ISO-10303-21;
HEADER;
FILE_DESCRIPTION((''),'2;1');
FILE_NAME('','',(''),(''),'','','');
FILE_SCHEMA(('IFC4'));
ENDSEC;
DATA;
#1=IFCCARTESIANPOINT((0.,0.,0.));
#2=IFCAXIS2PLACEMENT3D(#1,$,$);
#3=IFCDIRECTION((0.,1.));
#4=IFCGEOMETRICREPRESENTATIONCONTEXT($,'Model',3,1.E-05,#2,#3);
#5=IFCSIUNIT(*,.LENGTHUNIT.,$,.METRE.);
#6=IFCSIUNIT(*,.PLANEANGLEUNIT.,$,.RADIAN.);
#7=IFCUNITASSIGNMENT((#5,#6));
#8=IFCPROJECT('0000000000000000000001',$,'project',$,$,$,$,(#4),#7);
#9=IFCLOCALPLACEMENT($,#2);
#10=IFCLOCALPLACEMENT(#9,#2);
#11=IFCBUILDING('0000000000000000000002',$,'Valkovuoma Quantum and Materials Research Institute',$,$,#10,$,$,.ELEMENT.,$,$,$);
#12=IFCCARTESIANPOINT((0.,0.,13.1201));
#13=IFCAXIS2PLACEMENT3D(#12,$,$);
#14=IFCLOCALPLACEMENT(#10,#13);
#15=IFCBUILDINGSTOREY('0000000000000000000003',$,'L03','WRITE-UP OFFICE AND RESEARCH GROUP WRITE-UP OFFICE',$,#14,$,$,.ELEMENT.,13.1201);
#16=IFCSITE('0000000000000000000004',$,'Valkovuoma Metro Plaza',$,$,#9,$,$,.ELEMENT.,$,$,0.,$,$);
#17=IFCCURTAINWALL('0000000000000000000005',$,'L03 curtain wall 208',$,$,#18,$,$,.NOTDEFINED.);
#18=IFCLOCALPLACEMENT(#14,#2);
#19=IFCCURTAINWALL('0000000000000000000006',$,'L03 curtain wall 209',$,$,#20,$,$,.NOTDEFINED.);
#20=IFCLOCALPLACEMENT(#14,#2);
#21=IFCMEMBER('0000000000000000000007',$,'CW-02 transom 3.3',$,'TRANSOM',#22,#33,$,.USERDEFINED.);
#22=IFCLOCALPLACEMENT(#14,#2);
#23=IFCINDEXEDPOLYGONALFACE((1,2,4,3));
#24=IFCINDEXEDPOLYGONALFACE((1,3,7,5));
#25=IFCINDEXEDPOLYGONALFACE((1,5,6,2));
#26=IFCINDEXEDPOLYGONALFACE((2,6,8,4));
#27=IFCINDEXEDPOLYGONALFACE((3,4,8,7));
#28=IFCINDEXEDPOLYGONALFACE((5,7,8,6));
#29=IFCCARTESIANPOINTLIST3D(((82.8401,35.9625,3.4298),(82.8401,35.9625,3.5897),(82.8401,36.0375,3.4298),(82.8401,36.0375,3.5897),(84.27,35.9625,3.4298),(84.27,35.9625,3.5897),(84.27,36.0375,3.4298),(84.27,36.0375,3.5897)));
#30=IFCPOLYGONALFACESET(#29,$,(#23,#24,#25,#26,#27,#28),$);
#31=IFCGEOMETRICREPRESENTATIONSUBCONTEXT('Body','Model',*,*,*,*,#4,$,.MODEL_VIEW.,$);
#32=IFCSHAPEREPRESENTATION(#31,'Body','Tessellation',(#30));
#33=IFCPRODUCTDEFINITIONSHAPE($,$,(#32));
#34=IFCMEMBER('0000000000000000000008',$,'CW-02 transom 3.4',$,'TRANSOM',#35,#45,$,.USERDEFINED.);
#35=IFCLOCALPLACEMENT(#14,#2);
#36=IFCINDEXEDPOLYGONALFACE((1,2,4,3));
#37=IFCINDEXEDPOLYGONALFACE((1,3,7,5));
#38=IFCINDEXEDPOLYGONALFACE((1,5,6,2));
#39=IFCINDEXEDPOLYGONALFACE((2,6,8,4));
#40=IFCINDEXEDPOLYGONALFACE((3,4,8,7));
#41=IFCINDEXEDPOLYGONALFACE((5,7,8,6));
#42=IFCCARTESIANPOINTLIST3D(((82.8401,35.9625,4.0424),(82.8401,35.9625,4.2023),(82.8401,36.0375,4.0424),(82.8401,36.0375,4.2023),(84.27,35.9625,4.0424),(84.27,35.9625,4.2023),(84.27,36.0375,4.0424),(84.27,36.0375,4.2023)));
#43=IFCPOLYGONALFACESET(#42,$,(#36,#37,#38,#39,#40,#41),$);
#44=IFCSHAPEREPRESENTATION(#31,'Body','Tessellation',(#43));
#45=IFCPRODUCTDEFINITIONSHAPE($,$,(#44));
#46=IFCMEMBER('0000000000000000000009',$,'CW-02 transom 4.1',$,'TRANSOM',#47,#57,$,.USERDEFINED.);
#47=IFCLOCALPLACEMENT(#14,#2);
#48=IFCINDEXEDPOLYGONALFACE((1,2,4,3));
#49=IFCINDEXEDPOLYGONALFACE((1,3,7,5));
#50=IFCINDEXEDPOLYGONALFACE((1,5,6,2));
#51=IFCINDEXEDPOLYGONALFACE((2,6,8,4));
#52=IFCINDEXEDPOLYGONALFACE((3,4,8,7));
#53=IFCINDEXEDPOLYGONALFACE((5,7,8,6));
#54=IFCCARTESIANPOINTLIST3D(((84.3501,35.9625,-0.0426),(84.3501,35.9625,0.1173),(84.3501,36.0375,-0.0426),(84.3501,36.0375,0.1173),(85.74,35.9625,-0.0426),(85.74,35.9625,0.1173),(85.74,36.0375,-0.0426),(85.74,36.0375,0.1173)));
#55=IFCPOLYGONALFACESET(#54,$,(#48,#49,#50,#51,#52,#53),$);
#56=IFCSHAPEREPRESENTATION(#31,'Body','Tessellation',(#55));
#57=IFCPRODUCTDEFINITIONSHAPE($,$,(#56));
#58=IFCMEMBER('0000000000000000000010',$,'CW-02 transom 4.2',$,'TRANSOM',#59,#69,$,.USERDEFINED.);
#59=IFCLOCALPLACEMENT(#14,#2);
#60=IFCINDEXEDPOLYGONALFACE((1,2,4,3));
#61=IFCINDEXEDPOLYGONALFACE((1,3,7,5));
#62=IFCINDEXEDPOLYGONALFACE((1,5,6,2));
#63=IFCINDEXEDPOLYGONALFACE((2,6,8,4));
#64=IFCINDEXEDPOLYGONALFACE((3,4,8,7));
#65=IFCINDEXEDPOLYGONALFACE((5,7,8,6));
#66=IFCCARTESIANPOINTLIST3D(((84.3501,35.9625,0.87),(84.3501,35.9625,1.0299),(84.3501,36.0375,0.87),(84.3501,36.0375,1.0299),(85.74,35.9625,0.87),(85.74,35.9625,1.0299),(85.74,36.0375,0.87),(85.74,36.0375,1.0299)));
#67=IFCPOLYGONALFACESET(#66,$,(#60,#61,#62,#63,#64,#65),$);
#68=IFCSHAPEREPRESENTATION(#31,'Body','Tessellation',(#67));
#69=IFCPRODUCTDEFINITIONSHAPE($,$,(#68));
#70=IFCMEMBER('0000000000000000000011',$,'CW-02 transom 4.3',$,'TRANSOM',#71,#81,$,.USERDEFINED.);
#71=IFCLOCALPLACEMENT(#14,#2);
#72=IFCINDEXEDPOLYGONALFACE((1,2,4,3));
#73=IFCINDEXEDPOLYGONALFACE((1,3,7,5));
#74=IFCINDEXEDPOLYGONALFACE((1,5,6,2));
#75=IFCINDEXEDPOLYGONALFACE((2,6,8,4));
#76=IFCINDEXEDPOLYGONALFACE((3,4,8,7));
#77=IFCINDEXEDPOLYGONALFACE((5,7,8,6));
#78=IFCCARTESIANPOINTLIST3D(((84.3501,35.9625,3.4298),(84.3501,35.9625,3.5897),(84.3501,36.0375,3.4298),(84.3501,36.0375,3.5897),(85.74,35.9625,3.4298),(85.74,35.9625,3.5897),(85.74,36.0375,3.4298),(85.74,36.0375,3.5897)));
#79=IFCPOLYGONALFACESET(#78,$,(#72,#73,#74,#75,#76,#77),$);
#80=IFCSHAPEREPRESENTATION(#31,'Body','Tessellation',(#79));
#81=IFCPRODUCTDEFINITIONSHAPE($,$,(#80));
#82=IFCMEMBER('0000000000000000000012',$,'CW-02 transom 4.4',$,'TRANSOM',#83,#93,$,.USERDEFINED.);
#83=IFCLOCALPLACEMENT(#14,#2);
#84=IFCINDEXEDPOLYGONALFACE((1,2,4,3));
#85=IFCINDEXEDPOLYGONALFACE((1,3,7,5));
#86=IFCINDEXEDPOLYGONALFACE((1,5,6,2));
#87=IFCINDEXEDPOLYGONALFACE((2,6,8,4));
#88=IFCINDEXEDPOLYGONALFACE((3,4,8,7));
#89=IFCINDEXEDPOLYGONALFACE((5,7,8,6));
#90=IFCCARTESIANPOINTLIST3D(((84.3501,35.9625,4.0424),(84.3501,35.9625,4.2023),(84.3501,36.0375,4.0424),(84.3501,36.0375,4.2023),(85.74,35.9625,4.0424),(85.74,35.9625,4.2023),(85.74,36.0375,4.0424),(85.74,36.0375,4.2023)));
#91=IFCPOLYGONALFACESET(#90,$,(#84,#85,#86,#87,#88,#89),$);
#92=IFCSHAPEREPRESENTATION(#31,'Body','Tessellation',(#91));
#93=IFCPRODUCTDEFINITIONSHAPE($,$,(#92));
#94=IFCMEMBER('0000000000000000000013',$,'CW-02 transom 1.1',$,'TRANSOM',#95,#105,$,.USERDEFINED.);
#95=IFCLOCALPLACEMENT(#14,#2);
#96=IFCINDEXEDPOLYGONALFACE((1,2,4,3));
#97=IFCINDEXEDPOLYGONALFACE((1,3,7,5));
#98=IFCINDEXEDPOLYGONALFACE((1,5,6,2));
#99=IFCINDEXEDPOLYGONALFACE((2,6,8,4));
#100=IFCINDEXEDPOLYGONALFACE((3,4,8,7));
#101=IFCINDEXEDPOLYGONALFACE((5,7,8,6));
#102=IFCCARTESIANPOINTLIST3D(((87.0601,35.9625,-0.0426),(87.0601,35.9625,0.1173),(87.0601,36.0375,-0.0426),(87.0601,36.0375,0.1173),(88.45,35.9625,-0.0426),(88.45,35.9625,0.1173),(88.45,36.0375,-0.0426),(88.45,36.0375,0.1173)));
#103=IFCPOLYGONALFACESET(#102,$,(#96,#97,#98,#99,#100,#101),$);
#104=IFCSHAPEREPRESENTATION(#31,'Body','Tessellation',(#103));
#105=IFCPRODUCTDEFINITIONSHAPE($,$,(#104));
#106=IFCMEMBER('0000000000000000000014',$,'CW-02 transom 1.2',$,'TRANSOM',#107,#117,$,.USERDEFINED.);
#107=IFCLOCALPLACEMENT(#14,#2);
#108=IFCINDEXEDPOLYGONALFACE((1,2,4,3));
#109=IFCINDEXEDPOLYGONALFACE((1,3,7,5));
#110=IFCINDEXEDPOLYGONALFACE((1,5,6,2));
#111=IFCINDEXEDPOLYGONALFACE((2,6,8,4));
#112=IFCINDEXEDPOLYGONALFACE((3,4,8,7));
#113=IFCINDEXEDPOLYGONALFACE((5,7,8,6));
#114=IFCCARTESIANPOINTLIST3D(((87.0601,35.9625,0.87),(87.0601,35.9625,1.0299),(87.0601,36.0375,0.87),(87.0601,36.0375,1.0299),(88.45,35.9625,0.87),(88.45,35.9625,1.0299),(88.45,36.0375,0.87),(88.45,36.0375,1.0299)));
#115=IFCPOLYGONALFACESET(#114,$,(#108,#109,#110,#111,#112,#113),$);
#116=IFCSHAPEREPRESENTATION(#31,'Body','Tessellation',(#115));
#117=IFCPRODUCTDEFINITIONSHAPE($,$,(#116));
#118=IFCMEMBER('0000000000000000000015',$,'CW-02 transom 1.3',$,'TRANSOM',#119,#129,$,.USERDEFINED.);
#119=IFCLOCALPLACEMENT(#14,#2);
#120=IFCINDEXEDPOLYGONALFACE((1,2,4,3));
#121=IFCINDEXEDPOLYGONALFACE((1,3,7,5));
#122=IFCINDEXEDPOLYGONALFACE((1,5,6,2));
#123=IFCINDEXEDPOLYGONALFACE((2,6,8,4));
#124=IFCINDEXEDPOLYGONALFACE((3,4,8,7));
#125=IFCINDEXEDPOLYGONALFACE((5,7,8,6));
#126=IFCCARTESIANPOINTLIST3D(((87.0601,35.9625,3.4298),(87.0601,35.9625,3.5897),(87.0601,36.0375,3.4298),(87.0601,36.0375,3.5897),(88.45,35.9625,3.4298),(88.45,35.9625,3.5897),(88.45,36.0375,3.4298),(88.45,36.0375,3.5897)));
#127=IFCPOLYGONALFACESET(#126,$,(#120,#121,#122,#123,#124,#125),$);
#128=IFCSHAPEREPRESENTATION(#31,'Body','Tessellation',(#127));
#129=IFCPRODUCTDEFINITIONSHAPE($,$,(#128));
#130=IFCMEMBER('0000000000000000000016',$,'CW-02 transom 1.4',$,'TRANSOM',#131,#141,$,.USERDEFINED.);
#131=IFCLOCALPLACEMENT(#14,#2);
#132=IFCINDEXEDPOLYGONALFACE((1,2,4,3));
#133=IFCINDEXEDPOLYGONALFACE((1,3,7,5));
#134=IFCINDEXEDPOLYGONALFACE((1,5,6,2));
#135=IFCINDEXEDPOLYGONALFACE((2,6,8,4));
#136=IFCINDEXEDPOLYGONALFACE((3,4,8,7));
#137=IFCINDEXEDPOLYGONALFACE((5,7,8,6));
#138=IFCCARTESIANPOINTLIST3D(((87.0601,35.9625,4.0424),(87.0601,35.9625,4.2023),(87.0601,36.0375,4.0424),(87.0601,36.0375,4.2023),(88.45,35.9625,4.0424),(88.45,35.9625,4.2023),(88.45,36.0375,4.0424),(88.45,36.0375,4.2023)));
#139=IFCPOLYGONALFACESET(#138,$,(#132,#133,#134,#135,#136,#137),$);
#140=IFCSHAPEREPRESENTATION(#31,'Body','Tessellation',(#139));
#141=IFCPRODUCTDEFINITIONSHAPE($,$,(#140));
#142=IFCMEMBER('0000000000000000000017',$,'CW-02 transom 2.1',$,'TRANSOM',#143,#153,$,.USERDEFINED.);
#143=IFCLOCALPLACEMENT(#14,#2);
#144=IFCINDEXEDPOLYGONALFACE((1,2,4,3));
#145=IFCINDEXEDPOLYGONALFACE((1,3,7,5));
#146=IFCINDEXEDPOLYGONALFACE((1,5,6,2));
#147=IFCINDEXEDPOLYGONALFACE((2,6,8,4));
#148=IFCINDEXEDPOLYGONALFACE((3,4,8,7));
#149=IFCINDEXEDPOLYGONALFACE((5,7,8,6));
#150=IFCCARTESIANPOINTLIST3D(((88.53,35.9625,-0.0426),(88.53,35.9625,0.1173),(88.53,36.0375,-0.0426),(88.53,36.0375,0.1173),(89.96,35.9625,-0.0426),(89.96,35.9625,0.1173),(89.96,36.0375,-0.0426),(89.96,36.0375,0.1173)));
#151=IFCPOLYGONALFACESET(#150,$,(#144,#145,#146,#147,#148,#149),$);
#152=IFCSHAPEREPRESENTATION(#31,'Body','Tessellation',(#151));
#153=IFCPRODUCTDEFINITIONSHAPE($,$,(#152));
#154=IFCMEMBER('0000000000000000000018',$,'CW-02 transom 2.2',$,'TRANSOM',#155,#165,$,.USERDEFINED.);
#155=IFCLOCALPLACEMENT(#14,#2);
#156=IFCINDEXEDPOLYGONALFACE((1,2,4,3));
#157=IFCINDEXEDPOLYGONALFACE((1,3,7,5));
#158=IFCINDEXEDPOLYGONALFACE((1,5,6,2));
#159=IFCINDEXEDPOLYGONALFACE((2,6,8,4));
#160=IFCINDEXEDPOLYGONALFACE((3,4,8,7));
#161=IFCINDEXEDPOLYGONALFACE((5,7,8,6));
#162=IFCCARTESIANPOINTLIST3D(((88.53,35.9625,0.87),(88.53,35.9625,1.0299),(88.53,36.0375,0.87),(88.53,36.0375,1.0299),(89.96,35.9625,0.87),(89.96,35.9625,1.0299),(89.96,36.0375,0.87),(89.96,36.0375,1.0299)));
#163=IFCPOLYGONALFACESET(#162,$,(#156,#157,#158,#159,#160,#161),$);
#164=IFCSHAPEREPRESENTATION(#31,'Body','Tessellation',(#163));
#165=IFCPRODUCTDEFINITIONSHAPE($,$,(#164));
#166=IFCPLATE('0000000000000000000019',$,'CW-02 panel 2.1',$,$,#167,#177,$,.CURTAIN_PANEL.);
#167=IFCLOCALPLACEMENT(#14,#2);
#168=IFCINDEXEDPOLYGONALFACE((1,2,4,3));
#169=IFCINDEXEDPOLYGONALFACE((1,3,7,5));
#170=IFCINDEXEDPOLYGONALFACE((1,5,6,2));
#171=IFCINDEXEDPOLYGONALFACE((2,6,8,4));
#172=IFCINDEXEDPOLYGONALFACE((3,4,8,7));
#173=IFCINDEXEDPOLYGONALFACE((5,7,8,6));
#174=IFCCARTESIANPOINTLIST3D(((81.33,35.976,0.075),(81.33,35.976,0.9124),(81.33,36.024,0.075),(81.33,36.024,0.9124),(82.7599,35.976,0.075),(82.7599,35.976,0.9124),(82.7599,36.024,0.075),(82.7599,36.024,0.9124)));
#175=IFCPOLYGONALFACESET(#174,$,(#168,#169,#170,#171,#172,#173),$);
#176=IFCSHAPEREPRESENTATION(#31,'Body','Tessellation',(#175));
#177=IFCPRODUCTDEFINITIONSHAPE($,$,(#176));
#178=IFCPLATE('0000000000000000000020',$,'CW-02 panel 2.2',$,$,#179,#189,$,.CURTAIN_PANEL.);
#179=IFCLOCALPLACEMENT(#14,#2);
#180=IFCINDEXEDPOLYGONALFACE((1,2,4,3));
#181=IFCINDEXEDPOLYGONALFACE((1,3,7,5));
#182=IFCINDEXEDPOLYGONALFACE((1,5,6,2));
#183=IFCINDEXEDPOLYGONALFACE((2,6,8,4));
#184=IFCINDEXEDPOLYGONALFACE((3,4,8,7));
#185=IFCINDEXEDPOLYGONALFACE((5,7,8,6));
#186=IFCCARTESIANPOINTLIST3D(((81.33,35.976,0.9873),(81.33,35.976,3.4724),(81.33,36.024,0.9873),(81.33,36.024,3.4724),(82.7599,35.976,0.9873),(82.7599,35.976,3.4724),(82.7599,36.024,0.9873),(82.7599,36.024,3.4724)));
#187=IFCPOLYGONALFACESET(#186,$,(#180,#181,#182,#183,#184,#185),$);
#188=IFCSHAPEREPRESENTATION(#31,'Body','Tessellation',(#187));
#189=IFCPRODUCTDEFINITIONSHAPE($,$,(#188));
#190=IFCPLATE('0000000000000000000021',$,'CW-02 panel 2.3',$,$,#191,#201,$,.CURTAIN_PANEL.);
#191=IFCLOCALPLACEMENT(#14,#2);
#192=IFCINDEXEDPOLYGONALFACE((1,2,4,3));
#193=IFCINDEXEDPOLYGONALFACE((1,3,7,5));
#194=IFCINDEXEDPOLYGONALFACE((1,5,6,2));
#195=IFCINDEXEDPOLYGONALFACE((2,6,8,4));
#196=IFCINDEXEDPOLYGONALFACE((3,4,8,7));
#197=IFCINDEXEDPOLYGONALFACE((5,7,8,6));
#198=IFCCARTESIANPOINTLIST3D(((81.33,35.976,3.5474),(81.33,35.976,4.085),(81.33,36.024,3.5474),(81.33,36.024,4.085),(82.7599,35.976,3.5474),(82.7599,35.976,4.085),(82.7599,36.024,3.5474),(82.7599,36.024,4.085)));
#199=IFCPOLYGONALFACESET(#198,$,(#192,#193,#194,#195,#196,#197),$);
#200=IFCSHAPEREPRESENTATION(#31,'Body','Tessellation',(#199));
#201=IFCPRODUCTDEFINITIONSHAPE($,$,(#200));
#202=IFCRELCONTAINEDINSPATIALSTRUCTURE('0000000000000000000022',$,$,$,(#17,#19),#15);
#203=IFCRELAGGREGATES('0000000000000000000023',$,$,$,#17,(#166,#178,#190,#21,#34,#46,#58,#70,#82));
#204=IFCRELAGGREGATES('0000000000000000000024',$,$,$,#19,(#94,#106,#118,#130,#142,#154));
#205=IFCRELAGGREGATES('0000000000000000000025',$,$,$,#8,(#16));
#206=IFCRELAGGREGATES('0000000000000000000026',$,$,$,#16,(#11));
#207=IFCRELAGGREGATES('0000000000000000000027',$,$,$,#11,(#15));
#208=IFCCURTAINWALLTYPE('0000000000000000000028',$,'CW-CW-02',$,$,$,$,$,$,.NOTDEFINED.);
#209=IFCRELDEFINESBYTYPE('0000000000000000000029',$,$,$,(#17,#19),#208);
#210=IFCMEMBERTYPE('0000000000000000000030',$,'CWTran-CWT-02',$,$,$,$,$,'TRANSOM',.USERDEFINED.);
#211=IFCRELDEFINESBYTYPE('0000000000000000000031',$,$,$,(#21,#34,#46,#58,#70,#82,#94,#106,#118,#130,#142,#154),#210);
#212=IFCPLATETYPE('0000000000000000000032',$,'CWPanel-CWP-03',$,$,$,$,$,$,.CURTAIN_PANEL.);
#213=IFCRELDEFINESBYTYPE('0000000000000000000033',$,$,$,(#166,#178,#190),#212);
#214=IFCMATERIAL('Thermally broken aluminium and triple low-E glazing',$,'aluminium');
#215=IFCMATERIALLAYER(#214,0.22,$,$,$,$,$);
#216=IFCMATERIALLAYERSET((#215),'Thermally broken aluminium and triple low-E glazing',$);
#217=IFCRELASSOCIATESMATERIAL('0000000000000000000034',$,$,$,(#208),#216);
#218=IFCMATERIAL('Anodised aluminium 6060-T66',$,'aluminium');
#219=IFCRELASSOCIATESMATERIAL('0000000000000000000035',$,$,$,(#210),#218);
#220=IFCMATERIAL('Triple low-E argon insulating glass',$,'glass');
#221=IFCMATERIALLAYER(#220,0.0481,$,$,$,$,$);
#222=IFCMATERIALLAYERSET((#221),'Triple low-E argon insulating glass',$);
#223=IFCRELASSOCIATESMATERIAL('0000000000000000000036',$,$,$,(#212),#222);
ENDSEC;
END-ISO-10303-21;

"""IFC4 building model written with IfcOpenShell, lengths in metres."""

from ifc_helpers import new_model, si_unit, direction, frame, origin, origin_2d, place, context, subcontext, project, spatial, rectangle, extrude, material, layer, layer_set, material_profile, profile_set, type_object, element, aggregate, save


model = new_model("IFC4")

# Units and contexts
model_context = context("Model", 3, precision=1e-05, world=origin(), true_north=direction((0.0, 1.0)))
body_context = subcontext(model_context, "Body", "Model", "MODEL_VIEW")
ifc_project = project(units=[si_unit("LENGTHUNIT", "METRE"), si_unit("PLANEANGLEUNIT", "RADIAN")], contexts=[model_context])

# Site, building, storey
site_placement = place(None, origin())
site = spatial("IfcSite", under=ifc_project, at=site_placement, Name="Valkovuoma Metro Plaza", CompositionType="ELEMENT", RefElevation=0.0)
building_placement = place(site_placement, origin())
building = spatial("IfcBuilding", under=site, at=building_placement, Name="Valkovuoma Quantum and Materials Research Institute", CompositionType="ELEMENT")
storey_placement = place(building_placement, frame((0.0, 0.0, 13.1201)))
storey = spatial("IfcBuildingStorey", under=building, at=storey_placement, Name="L03", Description="WRITE-UP OFFICE AND RESEARCH GROUP WRITE-UP OFFICE", CompositionType="ELEMENT", Elevation=13.1201)

# Curtain walls
ifc_material_1 = material(Name="Thermally broken aluminium and triple low-E glazing", Category="aluminium")
ifc_layer_1 = layer(ifc_material_1, 0.22)
ifc_layer_set_1 = layer_set([ifc_layer_1], Name="Thermally broken aluminium and triple low-E glazing")
curtain_wall_type = type_object("IfcCurtainWallType", Name="CW-CW-02", PredefinedType="NOTDEFINED", material=ifc_layer_set_1)
curtain_wall_1_placement = place(storey_placement, origin())
curtain_wall_1 = element("IfcCurtainWall", 1, at=curtain_wall_1_placement, inside=storey, type_object=curtain_wall_type, Name="L03 curtain wall 208", PredefinedType="NOTDEFINED")
curtain_wall_2_placement = place(storey_placement, origin())
curtain_wall_2 = element("IfcCurtainWall", 2, at=curtain_wall_2_placement, inside=storey, type_object=curtain_wall_type, Name="L03 curtain wall 209", PredefinedType="NOTDEFINED")

# Members
ifc_material_2 = material(Name="Anodised aluminium 6060-T66", Category="aluminium")
ifc_material_profile_1 = material_profile(ifc_material_2, rectangle(XDim=0.075, YDim=0.1599, at=origin_2d()), Name="Anodised aluminium 6060-T66")
ifc_profile_set_1 = profile_set([ifc_material_profile_1], Name="Anodised aluminium 6060-T66")
member_type_1 = type_object("IfcMemberType", Name="CWTran-CWT-02", ElementType="TRANSOM", PredefinedType="USERDEFINED", material=ifc_profile_set_1)
member_1_placement = place(storey_placement, frame((82.8401, 36.0, 3.5098), z_axis=(1.0, 0.0, 0.0), x_axis=(0.0, 1.0, 0.0)))
member_1 = element("IfcMember", 3, at=member_1_placement, type_object=member_type_1, Name="CW-02 transom 3.3", ObjectType="TRANSOM", PredefinedType="USERDEFINED", context=body_context, shape_type="SweptSolid", body=[
    extrude(rectangle(XDim=0.075, YDim=0.1599, at=origin_2d()), origin(), (0.0, 0.0, 1.0), 1.4299),
])
member_2_placement = place(storey_placement, frame((82.8401, 36.0, 4.1223), z_axis=(1.0, 0.0, 0.0), x_axis=(0.0, 1.0, 0.0)))
member_2 = element("IfcMember", 4, at=member_2_placement, type_object=member_type_1, Name="CW-02 transom 3.4", ObjectType="TRANSOM", PredefinedType="USERDEFINED", context=body_context, shape_type="SweptSolid", body=[
    extrude(rectangle(XDim=0.075, YDim=0.1599, at=origin_2d()), origin(), (0.0, 0.0, 1.0), 1.4299),
])
member_3_placement = place(storey_placement, frame((84.3501, 36.0, 0.0374), z_axis=(1.0, 0.0, 0.0), x_axis=(0.0, 1.0, 0.0)))
member_3 = element("IfcMember", 5, at=member_3_placement, type_object=member_type_1, Name="CW-02 transom 4.1", ObjectType="TRANSOM", PredefinedType="USERDEFINED", context=body_context, shape_type="SweptSolid", body=[
    extrude(rectangle(XDim=0.075, YDim=0.1599, at=origin_2d()), origin(), (0.0, 0.0, 1.0), 1.3899),
])
member_4_placement = place(storey_placement, frame((84.3501, 36.0, 0.95), z_axis=(1.0, 0.0, 0.0), x_axis=(0.0, 1.0, 0.0)))
member_4 = element("IfcMember", 6, at=member_4_placement, type_object=member_type_1, Name="CW-02 transom 4.2", ObjectType="TRANSOM", PredefinedType="USERDEFINED", context=body_context, shape_type="SweptSolid", body=[
    extrude(rectangle(XDim=0.075, YDim=0.1599, at=origin_2d()), origin(), (0.0, 0.0, 1.0), 1.3899),
])
member_5_placement = place(storey_placement, frame((84.3501, 36.0, 3.5098), z_axis=(1.0, 0.0, 0.0), x_axis=(0.0, 1.0, 0.0)))
member_5 = element("IfcMember", 7, at=member_5_placement, type_object=member_type_1, Name="CW-02 transom 4.3", ObjectType="TRANSOM", PredefinedType="USERDEFINED", context=body_context, shape_type="SweptSolid", body=[
    extrude(rectangle(XDim=0.075, YDim=0.1599, at=origin_2d()), origin(), (0.0, 0.0, 1.0), 1.3899),
])
member_6_placement = place(storey_placement, frame((84.3501, 36.0, 4.1223), z_axis=(1.0, 0.0, 0.0), x_axis=(0.0, 1.0, 0.0)))
member_6 = element("IfcMember", 8, at=member_6_placement, type_object=member_type_1, Name="CW-02 transom 4.4", ObjectType="TRANSOM", PredefinedType="USERDEFINED", context=body_context, shape_type="SweptSolid", body=[
    extrude(rectangle(XDim=0.075, YDim=0.1599, at=origin_2d()), origin(), (0.0, 0.0, 1.0), 1.3899),
])
member_7_placement = place(storey_placement, frame((87.0601, 36.0, 0.0374), z_axis=(1.0, 0.0, 0.0), x_axis=(0.0, 1.0, 0.0)))
member_7 = element("IfcMember", 9, at=member_7_placement, type_object=member_type_1, Name="CW-02 transom 1.1", ObjectType="TRANSOM", PredefinedType="USERDEFINED", context=body_context, shape_type="SweptSolid", body=[
    extrude(rectangle(XDim=0.075, YDim=0.1599, at=origin_2d()), origin(), (0.0, 0.0, 1.0), 1.3899),
])
member_8_placement = place(storey_placement, frame((87.0601, 36.0, 0.95), z_axis=(1.0, 0.0, 0.0), x_axis=(0.0, 1.0, 0.0)))
member_8 = element("IfcMember", 10, at=member_8_placement, type_object=member_type_1, Name="CW-02 transom 1.2", ObjectType="TRANSOM", PredefinedType="USERDEFINED", context=body_context, shape_type="SweptSolid", body=[
    extrude(rectangle(XDim=0.075, YDim=0.1599, at=origin_2d()), origin(), (0.0, 0.0, 1.0), 1.3899),
])
member_9_placement = place(storey_placement, frame((87.0601, 36.0, 3.5098), z_axis=(1.0, 0.0, 0.0), x_axis=(0.0, 1.0, 0.0)))
member_9 = element("IfcMember", 11, at=member_9_placement, type_object=member_type_1, Name="CW-02 transom 1.3", ObjectType="TRANSOM", PredefinedType="USERDEFINED", context=body_context, shape_type="SweptSolid", body=[
    extrude(rectangle(XDim=0.075, YDim=0.1599, at=origin_2d()), origin(), (0.0, 0.0, 1.0), 1.3899),
])
member_10_placement = place(storey_placement, frame((87.0601, 36.0, 4.1223), z_axis=(1.0, 0.0, 0.0), x_axis=(0.0, 1.0, 0.0)))
member_10 = element("IfcMember", 12, at=member_10_placement, type_object=member_type_1, Name="CW-02 transom 1.4", ObjectType="TRANSOM", PredefinedType="USERDEFINED", context=body_context, shape_type="SweptSolid", body=[
    extrude(rectangle(XDim=0.075, YDim=0.1599, at=origin_2d()), origin(), (0.0, 0.0, 1.0), 1.3899),
])
member_11_placement = place(storey_placement, frame((88.53, 36.0, 0.0374), z_axis=(1.0, 0.0, 0.0), x_axis=(0.0, 1.0, 0.0)))
member_11 = element("IfcMember", 13, at=member_11_placement, type_object=member_type_1, Name="CW-02 transom 2.1", ObjectType="TRANSOM", PredefinedType="USERDEFINED", context=body_context, shape_type="SweptSolid", body=[
    extrude(rectangle(XDim=0.075, YDim=0.1599, at=origin_2d()), origin(), (0.0, 0.0, 1.0), 1.4299),
])
member_12_placement = place(storey_placement, frame((88.53, 36.0, 0.95), z_axis=(1.0, 0.0, 0.0), x_axis=(0.0, 1.0, 0.0)))
member_12 = element("IfcMember", 14, at=member_12_placement, type_object=member_type_1, Name="CW-02 transom 2.2", ObjectType="TRANSOM", PredefinedType="USERDEFINED", context=body_context, shape_type="SweptSolid", body=[
    extrude(rectangle(XDim=0.075, YDim=0.1599, at=origin_2d()), origin(), (0.0, 0.0, 1.0), 1.4299),
])

# Plates
ifc_material_3 = material(Name="Triple low-E argon insulating glass", Category="glass")
ifc_layer_2 = layer(ifc_material_3, 0.0481)
ifc_layer_set_2 = layer_set([ifc_layer_2], Name="Triple low-E argon insulating glass")
plate_type_1 = type_object("IfcPlateType", Name="CWPanel-CWP-03", PredefinedType="CURTAIN_PANEL", material=ifc_layer_set_2)
plate_1_placement = place(storey_placement, frame((82.0449, 36.0, 0.075), z_axis=(0.0, 0.0, 1.0), x_axis=(1.0, 0.0, 0.0)))
plate_1 = element("IfcPlate", 15, at=plate_1_placement, type_object=plate_type_1, Name="CW-02 panel 2.1", PredefinedType="CURTAIN_PANEL", context=body_context, shape_type="SweptSolid", body=[
    extrude(rectangle(XDim=1.4299, YDim=0.0481, at=origin_2d()), origin(), (0.0, 0.0, 1.0), 0.8374),
])
plate_2_placement = place(storey_placement, frame((82.0449, 36.0, 0.9873), z_axis=(0.0, 0.0, 1.0), x_axis=(1.0, 0.0, 0.0)))
plate_2 = element("IfcPlate", 16, at=plate_2_placement, type_object=plate_type_1, Name="CW-02 panel 2.2", PredefinedType="CURTAIN_PANEL", context=body_context, shape_type="SweptSolid", body=[
    extrude(rectangle(XDim=1.4299, YDim=0.0481, at=origin_2d()), origin(), (0.0, 0.0, 1.0), 2.4851),
])
plate_3_placement = place(storey_placement, frame((82.0449, 36.0, 3.5474), z_axis=(0.0, 0.0, 1.0), x_axis=(1.0, 0.0, 0.0)))
plate_3 = element("IfcPlate", 17, at=plate_3_placement, type_object=plate_type_1, Name="CW-02 panel 2.3", PredefinedType="CURTAIN_PANEL", context=body_context, shape_type="SweptSolid", body=[
    extrude(rectangle(XDim=1.4299, YDim=0.0481, at=origin_2d()), origin(), (0.0, 0.0, 1.0), 0.5376),
])
aggregate(curtain_wall_1, [plate_1, plate_2, plate_3, member_1, member_2, member_3, member_4, member_5, member_6])
aggregate(curtain_wall_2, [member_7, member_8, member_9, member_10, member_11, member_12])

save(model, "model.ifc")
